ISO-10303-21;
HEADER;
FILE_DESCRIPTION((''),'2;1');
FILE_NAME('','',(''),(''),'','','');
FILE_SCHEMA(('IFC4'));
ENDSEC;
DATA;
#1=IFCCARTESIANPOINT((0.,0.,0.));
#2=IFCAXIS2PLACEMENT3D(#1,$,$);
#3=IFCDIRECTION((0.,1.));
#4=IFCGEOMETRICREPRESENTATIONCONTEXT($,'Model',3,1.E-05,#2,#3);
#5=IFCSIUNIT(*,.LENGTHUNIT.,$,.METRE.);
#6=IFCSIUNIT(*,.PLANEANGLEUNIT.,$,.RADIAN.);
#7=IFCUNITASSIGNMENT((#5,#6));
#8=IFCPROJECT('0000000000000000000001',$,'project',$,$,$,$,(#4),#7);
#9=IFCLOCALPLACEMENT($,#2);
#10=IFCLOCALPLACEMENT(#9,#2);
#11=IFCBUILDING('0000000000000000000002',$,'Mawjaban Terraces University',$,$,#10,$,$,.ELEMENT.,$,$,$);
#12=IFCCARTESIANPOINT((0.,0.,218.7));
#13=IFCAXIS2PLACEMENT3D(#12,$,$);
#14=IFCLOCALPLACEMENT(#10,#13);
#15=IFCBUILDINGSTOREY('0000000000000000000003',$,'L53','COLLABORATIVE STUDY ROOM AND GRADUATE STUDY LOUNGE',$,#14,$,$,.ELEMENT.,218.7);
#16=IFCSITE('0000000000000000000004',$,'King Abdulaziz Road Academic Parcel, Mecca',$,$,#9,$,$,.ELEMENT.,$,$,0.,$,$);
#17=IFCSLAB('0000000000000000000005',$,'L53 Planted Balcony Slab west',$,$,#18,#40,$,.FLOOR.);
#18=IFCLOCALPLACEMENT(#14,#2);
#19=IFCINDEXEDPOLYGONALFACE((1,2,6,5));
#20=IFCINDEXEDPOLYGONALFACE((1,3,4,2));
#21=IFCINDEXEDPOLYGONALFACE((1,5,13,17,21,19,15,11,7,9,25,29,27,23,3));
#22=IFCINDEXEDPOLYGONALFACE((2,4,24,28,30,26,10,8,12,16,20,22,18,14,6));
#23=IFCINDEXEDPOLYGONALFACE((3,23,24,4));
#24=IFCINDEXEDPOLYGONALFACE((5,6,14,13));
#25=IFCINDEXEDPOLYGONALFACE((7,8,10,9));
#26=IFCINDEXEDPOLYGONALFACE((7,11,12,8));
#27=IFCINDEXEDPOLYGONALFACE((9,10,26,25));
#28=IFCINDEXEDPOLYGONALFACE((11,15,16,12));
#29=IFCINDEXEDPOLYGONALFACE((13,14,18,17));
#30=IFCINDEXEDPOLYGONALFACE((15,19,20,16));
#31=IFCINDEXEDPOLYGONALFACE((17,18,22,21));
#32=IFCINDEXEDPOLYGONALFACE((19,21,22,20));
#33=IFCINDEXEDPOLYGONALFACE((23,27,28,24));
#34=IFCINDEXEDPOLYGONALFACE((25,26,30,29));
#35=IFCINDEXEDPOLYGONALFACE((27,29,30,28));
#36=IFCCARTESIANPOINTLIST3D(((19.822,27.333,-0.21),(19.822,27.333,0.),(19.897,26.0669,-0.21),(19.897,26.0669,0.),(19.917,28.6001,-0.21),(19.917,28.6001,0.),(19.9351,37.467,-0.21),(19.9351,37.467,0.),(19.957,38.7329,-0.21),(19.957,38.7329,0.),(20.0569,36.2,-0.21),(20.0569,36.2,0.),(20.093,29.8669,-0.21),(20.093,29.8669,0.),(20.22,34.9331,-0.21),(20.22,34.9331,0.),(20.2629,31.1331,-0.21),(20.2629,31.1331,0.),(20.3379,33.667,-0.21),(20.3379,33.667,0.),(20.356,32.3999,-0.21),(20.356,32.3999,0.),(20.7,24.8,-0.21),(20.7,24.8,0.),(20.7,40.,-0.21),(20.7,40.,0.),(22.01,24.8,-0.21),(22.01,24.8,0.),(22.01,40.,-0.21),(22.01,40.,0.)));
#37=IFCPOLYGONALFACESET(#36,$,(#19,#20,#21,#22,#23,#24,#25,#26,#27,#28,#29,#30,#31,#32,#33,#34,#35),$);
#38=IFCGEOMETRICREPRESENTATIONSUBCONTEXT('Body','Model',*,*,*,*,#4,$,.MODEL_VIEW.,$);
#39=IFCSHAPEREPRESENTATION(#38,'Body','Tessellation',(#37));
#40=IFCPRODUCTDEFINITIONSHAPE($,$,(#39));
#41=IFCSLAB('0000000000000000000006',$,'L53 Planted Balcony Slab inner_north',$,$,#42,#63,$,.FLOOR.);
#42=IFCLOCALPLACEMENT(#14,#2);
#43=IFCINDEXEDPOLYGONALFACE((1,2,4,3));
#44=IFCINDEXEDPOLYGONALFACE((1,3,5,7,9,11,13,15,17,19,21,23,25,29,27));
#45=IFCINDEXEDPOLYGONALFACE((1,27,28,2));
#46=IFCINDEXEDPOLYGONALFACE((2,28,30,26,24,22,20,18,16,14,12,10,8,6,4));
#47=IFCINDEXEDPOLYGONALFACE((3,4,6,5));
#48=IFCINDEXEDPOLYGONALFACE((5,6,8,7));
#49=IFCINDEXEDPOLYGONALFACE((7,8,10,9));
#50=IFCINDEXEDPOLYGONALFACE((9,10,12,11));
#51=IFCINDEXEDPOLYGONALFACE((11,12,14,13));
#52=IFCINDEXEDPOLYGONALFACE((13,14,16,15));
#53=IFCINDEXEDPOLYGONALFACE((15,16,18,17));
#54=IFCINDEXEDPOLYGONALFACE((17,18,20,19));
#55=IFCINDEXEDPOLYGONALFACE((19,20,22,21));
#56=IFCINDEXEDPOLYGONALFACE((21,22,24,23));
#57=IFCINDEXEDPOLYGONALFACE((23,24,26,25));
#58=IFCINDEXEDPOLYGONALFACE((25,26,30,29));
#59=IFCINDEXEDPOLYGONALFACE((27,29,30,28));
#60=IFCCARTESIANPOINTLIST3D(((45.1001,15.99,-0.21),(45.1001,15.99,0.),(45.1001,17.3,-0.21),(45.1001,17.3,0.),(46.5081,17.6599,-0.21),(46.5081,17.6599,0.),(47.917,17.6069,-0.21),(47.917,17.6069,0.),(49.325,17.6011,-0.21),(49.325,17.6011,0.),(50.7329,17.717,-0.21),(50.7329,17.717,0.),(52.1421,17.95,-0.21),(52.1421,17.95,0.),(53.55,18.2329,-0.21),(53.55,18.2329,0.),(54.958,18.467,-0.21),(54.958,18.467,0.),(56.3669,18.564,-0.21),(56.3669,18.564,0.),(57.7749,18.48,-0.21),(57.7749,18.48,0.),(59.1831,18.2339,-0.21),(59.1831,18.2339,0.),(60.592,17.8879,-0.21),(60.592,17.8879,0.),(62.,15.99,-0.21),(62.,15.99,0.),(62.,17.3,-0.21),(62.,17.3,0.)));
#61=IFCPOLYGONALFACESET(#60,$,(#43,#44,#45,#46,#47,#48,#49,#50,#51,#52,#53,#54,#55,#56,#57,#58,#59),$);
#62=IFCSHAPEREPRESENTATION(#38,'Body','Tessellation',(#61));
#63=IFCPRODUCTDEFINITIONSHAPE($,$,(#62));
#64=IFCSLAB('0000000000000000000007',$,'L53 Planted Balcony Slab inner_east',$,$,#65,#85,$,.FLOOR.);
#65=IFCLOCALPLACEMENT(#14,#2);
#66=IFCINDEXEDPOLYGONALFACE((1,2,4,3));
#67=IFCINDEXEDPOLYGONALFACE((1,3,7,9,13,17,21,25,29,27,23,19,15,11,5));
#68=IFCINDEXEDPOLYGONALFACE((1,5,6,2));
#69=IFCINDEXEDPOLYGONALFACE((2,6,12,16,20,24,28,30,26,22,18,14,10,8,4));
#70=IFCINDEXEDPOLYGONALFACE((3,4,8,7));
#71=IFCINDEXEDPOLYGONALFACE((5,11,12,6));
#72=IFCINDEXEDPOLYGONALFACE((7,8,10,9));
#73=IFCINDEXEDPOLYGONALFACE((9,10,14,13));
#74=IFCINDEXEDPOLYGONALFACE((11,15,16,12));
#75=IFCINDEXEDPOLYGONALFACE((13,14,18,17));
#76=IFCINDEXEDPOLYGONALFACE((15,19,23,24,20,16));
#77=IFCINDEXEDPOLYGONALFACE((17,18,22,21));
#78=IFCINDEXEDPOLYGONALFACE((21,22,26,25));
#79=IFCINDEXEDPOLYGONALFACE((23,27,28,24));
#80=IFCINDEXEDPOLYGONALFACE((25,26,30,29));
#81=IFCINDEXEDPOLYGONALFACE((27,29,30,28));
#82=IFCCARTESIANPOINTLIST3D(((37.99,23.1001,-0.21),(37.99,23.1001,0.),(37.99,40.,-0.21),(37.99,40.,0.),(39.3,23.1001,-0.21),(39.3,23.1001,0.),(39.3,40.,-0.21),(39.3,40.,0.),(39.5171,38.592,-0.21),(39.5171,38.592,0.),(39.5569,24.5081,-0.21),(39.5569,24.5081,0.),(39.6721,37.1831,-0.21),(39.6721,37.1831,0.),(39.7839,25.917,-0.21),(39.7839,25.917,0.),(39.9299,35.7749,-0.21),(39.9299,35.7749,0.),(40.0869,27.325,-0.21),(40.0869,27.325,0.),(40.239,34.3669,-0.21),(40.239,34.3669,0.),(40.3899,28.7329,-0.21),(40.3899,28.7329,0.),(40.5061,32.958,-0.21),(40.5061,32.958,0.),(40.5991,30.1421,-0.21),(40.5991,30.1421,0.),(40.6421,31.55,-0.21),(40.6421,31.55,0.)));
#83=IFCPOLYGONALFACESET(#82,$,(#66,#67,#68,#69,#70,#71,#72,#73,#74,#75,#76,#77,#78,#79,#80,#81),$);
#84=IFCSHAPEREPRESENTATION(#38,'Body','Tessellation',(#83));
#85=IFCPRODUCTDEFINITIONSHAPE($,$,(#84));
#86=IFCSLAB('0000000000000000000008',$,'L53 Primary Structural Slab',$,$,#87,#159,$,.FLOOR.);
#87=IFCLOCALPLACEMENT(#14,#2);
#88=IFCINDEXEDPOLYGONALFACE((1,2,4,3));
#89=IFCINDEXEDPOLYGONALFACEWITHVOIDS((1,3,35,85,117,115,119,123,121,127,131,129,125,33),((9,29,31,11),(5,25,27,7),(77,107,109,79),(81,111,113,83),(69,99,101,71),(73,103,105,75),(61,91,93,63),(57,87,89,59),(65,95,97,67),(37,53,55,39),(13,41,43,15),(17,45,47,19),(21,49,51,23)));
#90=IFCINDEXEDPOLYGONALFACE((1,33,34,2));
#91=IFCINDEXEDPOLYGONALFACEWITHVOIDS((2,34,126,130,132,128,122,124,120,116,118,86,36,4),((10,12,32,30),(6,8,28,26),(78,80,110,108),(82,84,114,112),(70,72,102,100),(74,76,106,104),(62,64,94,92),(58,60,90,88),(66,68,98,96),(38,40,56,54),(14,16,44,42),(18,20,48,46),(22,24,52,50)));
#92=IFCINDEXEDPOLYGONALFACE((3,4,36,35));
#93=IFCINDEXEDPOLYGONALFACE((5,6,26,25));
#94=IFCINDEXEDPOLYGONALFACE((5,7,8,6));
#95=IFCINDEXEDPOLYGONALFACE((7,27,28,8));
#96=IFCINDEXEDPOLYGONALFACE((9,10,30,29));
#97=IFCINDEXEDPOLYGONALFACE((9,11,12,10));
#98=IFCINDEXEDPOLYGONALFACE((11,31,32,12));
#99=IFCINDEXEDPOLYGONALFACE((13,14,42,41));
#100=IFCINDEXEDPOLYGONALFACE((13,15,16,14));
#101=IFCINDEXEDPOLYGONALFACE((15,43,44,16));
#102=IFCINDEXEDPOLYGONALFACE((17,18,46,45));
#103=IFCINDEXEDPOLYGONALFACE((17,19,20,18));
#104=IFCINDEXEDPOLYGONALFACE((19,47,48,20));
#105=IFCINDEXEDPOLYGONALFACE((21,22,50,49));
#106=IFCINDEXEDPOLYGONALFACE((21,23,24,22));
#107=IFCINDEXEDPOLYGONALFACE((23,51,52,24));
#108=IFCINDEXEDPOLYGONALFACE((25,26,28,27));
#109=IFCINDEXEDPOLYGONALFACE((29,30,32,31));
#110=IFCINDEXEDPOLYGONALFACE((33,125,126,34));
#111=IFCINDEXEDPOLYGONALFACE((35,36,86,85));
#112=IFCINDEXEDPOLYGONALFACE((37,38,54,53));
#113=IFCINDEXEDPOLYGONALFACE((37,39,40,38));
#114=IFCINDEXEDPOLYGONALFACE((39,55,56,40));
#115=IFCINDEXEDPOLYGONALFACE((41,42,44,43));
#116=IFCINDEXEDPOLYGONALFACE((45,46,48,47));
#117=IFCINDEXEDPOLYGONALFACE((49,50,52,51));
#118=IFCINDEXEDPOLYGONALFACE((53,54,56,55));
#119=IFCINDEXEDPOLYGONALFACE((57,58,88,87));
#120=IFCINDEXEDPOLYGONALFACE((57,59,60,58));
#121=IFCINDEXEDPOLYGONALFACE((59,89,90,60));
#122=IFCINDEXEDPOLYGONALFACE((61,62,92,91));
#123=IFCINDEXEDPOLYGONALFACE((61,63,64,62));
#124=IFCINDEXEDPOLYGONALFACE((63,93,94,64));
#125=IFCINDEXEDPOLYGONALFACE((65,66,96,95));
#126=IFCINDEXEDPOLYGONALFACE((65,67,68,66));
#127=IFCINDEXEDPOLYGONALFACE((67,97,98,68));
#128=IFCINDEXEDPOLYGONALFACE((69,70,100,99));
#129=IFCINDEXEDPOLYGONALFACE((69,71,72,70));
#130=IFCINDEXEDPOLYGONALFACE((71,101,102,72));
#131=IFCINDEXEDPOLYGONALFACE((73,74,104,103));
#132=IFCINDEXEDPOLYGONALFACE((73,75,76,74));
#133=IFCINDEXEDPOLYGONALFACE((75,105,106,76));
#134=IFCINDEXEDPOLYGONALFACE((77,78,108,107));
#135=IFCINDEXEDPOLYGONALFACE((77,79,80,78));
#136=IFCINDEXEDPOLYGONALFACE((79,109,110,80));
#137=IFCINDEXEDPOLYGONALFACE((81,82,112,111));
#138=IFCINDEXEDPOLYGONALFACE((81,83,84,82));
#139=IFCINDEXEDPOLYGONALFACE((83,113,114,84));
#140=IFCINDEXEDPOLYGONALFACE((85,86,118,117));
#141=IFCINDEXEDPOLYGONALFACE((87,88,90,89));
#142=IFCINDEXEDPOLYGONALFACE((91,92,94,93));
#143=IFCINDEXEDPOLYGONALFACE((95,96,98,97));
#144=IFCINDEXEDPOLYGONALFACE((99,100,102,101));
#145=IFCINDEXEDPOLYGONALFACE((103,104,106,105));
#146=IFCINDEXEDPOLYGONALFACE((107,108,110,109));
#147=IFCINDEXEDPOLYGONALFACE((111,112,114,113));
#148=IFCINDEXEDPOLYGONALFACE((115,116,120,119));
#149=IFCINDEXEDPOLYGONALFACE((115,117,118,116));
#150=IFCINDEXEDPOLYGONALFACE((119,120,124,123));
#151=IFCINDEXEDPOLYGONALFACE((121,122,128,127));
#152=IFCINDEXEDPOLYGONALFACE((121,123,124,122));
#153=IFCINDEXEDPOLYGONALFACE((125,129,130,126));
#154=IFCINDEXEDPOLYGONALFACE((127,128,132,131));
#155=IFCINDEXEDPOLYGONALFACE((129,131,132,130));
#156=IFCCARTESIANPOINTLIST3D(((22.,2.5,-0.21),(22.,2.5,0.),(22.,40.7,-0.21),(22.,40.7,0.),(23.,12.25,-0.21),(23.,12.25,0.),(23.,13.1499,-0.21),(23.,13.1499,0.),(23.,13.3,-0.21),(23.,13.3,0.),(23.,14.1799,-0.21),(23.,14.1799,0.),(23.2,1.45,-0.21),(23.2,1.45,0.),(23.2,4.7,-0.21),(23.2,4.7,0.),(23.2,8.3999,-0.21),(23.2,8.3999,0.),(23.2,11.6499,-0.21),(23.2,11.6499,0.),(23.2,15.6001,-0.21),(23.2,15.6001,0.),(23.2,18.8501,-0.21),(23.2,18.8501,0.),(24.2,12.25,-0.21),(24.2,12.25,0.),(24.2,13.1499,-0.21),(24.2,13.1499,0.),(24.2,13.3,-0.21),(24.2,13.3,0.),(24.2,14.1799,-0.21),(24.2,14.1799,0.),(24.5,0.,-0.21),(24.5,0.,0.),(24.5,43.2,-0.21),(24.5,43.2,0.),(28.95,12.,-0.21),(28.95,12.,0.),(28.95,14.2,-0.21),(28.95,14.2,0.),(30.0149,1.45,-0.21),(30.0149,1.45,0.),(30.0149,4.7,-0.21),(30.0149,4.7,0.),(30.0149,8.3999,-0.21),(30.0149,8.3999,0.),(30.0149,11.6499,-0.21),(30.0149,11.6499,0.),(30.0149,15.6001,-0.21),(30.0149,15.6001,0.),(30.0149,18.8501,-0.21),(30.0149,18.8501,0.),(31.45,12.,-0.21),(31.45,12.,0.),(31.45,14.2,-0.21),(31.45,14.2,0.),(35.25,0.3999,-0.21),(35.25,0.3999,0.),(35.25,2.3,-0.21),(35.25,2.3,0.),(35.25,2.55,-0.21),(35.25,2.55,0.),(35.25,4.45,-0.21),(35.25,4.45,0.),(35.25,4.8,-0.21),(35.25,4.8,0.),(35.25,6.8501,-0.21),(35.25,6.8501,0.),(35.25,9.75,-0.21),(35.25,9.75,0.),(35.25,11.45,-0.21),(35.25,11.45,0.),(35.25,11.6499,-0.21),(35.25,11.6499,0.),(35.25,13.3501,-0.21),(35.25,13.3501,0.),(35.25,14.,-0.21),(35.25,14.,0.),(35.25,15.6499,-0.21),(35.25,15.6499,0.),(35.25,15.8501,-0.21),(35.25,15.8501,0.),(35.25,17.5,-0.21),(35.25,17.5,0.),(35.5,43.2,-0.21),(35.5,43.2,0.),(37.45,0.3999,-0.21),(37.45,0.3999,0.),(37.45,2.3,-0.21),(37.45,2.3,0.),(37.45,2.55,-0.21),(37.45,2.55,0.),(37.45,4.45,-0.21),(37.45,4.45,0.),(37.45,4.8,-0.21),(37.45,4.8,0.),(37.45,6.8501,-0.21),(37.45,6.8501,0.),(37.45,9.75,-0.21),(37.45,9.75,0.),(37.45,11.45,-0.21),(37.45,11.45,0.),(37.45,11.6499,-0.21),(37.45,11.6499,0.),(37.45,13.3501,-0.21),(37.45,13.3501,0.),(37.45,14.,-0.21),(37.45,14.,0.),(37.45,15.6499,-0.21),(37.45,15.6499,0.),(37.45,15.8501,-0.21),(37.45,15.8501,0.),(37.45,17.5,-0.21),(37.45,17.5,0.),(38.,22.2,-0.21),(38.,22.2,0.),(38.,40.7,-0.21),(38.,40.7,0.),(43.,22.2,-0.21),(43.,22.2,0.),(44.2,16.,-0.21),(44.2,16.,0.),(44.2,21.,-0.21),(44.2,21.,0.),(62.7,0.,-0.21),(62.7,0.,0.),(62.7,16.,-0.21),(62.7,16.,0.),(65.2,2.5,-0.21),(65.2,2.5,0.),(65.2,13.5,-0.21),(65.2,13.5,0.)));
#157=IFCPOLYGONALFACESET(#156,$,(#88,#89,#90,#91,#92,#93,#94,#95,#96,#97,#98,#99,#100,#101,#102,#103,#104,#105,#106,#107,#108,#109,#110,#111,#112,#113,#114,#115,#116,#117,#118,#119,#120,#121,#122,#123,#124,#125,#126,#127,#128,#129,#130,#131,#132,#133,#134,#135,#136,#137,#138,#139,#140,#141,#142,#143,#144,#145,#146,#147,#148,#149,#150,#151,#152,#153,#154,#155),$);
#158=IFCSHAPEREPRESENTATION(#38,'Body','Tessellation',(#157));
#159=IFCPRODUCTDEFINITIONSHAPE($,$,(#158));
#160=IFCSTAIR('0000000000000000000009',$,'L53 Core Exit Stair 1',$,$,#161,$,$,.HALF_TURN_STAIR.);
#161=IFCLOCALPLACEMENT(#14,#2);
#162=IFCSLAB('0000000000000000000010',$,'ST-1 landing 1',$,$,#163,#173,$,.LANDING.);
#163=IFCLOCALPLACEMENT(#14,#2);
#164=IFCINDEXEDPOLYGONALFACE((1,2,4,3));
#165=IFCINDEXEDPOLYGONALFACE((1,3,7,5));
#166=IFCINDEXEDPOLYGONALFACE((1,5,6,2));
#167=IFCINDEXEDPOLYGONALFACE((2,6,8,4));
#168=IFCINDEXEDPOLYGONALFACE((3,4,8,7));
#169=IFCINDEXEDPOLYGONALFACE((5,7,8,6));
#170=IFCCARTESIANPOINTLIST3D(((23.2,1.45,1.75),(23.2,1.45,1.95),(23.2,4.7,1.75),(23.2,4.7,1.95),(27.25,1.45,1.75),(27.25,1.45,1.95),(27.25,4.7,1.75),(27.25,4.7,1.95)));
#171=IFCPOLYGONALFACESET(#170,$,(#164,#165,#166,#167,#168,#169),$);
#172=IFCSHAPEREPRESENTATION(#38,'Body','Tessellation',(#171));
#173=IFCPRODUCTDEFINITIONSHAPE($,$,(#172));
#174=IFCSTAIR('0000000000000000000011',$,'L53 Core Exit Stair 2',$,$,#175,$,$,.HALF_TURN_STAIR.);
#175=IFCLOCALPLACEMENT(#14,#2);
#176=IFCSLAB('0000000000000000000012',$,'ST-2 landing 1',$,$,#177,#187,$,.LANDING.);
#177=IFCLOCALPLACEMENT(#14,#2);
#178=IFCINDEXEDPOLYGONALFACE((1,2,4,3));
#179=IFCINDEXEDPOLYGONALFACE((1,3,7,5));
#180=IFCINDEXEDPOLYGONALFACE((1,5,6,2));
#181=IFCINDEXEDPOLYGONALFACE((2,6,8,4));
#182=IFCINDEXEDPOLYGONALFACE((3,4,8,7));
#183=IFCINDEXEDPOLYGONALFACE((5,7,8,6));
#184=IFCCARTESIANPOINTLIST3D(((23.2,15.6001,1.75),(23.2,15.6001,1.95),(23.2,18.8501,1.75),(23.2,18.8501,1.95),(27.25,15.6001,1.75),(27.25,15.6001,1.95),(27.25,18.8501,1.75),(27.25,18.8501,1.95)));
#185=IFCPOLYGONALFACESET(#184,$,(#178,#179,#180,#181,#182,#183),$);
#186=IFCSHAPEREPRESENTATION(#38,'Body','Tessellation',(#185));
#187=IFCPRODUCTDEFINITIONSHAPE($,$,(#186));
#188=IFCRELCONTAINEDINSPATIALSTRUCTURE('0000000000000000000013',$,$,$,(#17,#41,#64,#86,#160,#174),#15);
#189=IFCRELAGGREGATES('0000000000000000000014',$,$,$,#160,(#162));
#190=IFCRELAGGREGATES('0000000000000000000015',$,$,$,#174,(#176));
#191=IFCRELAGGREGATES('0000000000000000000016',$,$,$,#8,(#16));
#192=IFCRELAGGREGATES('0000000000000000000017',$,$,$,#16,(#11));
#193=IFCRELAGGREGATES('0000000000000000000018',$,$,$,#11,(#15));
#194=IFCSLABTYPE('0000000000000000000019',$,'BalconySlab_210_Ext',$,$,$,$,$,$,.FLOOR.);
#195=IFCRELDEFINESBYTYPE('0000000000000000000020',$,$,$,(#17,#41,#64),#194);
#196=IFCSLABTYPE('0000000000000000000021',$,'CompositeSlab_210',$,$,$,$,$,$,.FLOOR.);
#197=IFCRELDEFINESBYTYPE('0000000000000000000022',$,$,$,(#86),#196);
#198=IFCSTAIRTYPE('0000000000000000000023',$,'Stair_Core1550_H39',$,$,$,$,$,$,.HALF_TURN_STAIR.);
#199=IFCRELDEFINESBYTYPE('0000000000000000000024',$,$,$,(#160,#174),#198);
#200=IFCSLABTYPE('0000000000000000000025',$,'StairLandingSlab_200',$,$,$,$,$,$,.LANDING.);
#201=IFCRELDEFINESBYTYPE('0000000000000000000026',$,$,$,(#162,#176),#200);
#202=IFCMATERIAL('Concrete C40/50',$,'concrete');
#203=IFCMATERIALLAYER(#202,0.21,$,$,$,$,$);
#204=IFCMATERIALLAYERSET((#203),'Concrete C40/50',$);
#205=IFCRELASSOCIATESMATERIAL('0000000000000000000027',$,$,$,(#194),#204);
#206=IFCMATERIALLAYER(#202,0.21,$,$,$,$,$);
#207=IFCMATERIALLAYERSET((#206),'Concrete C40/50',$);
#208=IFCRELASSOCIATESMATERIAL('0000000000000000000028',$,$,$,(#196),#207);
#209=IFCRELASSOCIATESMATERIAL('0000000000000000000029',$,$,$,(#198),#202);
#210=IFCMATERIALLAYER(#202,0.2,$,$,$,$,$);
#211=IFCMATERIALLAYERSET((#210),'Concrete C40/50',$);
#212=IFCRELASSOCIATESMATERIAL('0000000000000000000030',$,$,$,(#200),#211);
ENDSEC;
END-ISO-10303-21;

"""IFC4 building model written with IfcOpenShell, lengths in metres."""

from ifc_helpers import new_model, si_unit, direction, frame, origin, place, context, subcontext, project, spatial, polyline, outline, extrude, material, layer, layer_set, type_object, element, aggregate, save


model = new_model("IFC4")

# Units and contexts
model_context = context("Model", 3, precision=1e-05, world=origin(), true_north=direction((0.0, 1.0)))
body_context = subcontext(model_context, "Body", "Model", "MODEL_VIEW")
ifc_project = project(units=[si_unit("LENGTHUNIT", "METRE"), si_unit("PLANEANGLEUNIT", "RADIAN")], contexts=[model_context])

# Site, building, storey
site_placement = place(None, origin())
site = spatial("IfcSite", under=ifc_project, at=site_placement, Name="King Abdulaziz Road Academic Parcel, Mecca", CompositionType="ELEMENT", RefElevation=0.0)
building_placement = place(site_placement, origin())
building = spatial("IfcBuilding", under=site, at=building_placement, Name="Mawjaban Terraces University", CompositionType="ELEMENT")
storey_placement = place(building_placement, frame((0.0, 0.0, 218.7)))
storey = spatial("IfcBuildingStorey", under=building, at=storey_placement, Name="L53", Description="COLLABORATIVE STUDY ROOM AND GRADUATE STUDY LOUNGE", CompositionType="ELEMENT", Elevation=218.7)

# Slabs
ifc_material_1 = material(Name="Concrete C40/50", Category="concrete")
ifc_layer_1 = layer(ifc_material_1, 0.21)
ifc_layer_set_1 = layer_set([ifc_layer_1], Name="Concrete C40/50")
slab_type_1 = type_object("IfcSlabType", Name="BalconySlab_210_Ext", PredefinedType="FLOOR", material=ifc_layer_set_1)
slab_1_placement = place(storey_placement, frame((0.0, 0.0, -0.21)))
element("IfcSlab", 1, at=slab_1_placement, inside=storey, type_object=slab_type_1, Name="L53 Planted Balcony Slab west", PredefinedType="FLOOR", context=body_context, shape_type="SweptSolid", body=[
    extrude(outline(polyline([(22.01, 24.8), (22.01, 40.0), (20.7, 40.0), (19.957, 38.7329), (19.9351, 37.467), (20.0569, 36.2), (20.22, 34.9331), (20.3379, 33.667), (20.356, 32.3999), (20.2629, 31.1331), (20.093, 29.8669), (19.917, 28.6001), (19.822, 27.333), (19.897, 26.0669), (20.7, 24.8), (22.01, 24.8)])), origin(), (0.0, 0.0, 1.0), 0.21),
])
slab_2_placement = place(storey_placement, frame((0.0, 0.0, -0.21)))
element("IfcSlab", 2, at=slab_2_placement, inside=storey, type_object=slab_type_1, Name="L53 Planted Balcony Slab inner_north", PredefinedType="FLOOR", context=body_context, shape_type="SweptSolid", body=[
    extrude(outline(polyline([(45.1001, 15.99), (62.0, 15.99), (62.0, 17.3), (60.592, 17.8879), (59.1831, 18.2339), (57.7749, 18.48), (56.3669, 18.564), (54.958, 18.467), (53.55, 18.2329), (52.1421, 17.95), (50.7329, 17.717), (49.325, 17.6011), (47.917, 17.6069), (46.5081, 17.6599), (45.1001, 17.3), (45.1001, 15.99)])), origin(), (0.0, 0.0, 1.0), 0.21),
])
slab_3_placement = place(storey_placement, frame((0.0, 0.0, -0.21)))
element("IfcSlab", 3, at=slab_3_placement, inside=storey, type_object=slab_type_1, Name="L53 Planted Balcony Slab inner_east", PredefinedType="FLOOR", context=body_context, shape_type="SweptSolid", body=[
    extrude(outline(polyline([(39.3, 23.1001), (39.5569, 24.5081), (39.7839, 25.917), (40.0869, 27.325), (40.3899, 28.7329), (40.5991, 30.1421), (40.6421, 31.55), (40.5061, 32.958), (40.239, 34.3669), (39.9299, 35.7749), (39.6721, 37.1831), (39.5171, 38.592), (39.3, 40.0), (37.99, 40.0), (37.99, 23.1001), (39.3, 23.1001)])), origin(), (0.0, 0.0, 1.0), 0.21),
])
ifc_layer_2 = layer(ifc_material_1, 0.21)
ifc_layer_set_2 = layer_set([ifc_layer_2], Name="Concrete C40/50")
slab_type_2 = type_object("IfcSlabType", Name="CompositeSlab_210", PredefinedType="FLOOR", material=ifc_layer_set_2)
slab_4_placement = place(storey_placement, frame((0.0, 0.0, -0.21)))
element("IfcSlab", 4, at=slab_4_placement, inside=storey, type_object=slab_type_2, Name="L53 Primary Structural Slab", PredefinedType="FLOOR", context=body_context, shape_type="SweptSolid", body=[
    extrude(outline(polyline([(24.5, 0.0), (62.7, 0.0), (65.2, 2.5), (65.2, 13.5), (62.7, 16.0), (44.2, 16.0), (44.2, 21.0), (43.0, 22.2), (38.0, 22.2), (38.0, 40.7), (35.5, 43.2), (24.5, 43.2), (22.0, 40.7), (22.0, 2.5), (24.5, 0.0)]), holes=[polyline([(30.0149, 4.7), (23.2, 4.7), (23.2, 1.45), (30.0149, 1.45), (30.0149, 4.7)]), polyline([(30.0149, 18.8501), (23.2, 18.8501), (23.2, 15.6001), (30.0149, 15.6001), (30.0149, 18.8501)]), polyline([(30.0149, 11.6499), (23.2, 11.6499), (23.2, 8.3999), (30.0149, 8.3999), (30.0149, 11.6499)]), polyline([(35.25, 0.3999), (37.45, 0.3999), (37.45, 2.3), (35.25, 2.3), (35.25, 0.3999)]), polyline([(35.25, 2.55), (37.45, 2.55), (37.45, 4.45), (35.25, 4.45), (35.25, 2.55)]), polyline([(35.25, 4.8), (37.45, 4.8), (37.45, 6.8501), (35.25, 6.8501), (35.25, 4.8)]), polyline([(35.25, 9.75), (37.45, 9.75), (37.45, 11.45), (35.25, 11.45), (35.25, 9.75)]), polyline([(35.25, 11.6499), (37.45, 11.6499), (37.45, 13.3501), (35.25, 13.3501), (35.25, 11.6499)]), polyline([(28.95, 12.0), (31.45, 12.0), (31.45, 14.2), (28.95, 14.2), (28.95, 12.0)]), polyline([(35.25, 14.0), (37.45, 14.0), (37.45, 15.6499), (35.25, 15.6499), (35.25, 14.0)]), polyline([(35.25, 15.8501), (37.45, 15.8501), (37.45, 17.5), (35.25, 17.5), (35.25, 15.8501)]), polyline([(23.0, 12.25), (24.2, 12.25), (24.2, 13.1499), (23.0, 13.1499), (23.0, 12.25)]), polyline([(23.0, 13.3), (24.2, 13.3), (24.2, 14.1799), (23.0, 14.1799), (23.0, 13.3)])]), origin(), (0.0, 0.0, 1.0), 0.21),
])

# Stairs, slabs
stair_type = type_object("IfcStairType", Name="Stair_Core1550_H39", PredefinedType="HALF_TURN_STAIR", material=ifc_material_1)
stair_1_placement = place(storey_placement, origin())
stair_1 = element("IfcStair", 5, at=stair_1_placement, inside=storey, type_object=stair_type, Name="L53 Core Exit Stair 1", PredefinedType="HALF_TURN_STAIR")
ifc_layer_3 = layer(ifc_material_1, 0.2)
ifc_layer_set_3 = layer_set([ifc_layer_3], Name="Concrete C40/50")
slab_type_3 = type_object("IfcSlabType", Name="StairLandingSlab_200", PredefinedType="LANDING", material=ifc_layer_set_3)
slab_5_placement = place(storey_placement, frame((0.0, 0.0, 1.75)))
slab_5 = element("IfcSlab", 6, at=slab_5_placement, type_object=slab_type_3, Name="ST-1 landing 1", PredefinedType="LANDING", context=body_context, shape_type="SweptSolid", body=[
    extrude(outline(polyline([(27.25, 4.7), (23.2, 4.7), (23.2, 1.45), (27.25, 1.45), (27.25, 4.7)])), origin(), (0.0, 0.0, 1.0), 0.2),
])
aggregate(stair_1, [slab_5])
stair_2_placement = place(storey_placement, origin())
stair_2 = element("IfcStair", 7, at=stair_2_placement, inside=storey, type_object=stair_type, Name="L53 Core Exit Stair 2", PredefinedType="HALF_TURN_STAIR")
slab_6_placement = place(storey_placement, frame((0.0, 0.0, 1.75)))
slab_6 = element("IfcSlab", 8, at=slab_6_placement, type_object=slab_type_3, Name="ST-2 landing 1", PredefinedType="LANDING", context=body_context, shape_type="SweptSolid", body=[
    extrude(outline(polyline([(27.25, 18.8501), (23.2, 18.8501), (23.2, 15.6001), (27.25, 15.6001), (27.25, 18.8501)])), origin(), (0.0, 0.0, 1.0), 0.2),
])
aggregate(stair_2, [slab_6])

save(model, "model.ifc")
